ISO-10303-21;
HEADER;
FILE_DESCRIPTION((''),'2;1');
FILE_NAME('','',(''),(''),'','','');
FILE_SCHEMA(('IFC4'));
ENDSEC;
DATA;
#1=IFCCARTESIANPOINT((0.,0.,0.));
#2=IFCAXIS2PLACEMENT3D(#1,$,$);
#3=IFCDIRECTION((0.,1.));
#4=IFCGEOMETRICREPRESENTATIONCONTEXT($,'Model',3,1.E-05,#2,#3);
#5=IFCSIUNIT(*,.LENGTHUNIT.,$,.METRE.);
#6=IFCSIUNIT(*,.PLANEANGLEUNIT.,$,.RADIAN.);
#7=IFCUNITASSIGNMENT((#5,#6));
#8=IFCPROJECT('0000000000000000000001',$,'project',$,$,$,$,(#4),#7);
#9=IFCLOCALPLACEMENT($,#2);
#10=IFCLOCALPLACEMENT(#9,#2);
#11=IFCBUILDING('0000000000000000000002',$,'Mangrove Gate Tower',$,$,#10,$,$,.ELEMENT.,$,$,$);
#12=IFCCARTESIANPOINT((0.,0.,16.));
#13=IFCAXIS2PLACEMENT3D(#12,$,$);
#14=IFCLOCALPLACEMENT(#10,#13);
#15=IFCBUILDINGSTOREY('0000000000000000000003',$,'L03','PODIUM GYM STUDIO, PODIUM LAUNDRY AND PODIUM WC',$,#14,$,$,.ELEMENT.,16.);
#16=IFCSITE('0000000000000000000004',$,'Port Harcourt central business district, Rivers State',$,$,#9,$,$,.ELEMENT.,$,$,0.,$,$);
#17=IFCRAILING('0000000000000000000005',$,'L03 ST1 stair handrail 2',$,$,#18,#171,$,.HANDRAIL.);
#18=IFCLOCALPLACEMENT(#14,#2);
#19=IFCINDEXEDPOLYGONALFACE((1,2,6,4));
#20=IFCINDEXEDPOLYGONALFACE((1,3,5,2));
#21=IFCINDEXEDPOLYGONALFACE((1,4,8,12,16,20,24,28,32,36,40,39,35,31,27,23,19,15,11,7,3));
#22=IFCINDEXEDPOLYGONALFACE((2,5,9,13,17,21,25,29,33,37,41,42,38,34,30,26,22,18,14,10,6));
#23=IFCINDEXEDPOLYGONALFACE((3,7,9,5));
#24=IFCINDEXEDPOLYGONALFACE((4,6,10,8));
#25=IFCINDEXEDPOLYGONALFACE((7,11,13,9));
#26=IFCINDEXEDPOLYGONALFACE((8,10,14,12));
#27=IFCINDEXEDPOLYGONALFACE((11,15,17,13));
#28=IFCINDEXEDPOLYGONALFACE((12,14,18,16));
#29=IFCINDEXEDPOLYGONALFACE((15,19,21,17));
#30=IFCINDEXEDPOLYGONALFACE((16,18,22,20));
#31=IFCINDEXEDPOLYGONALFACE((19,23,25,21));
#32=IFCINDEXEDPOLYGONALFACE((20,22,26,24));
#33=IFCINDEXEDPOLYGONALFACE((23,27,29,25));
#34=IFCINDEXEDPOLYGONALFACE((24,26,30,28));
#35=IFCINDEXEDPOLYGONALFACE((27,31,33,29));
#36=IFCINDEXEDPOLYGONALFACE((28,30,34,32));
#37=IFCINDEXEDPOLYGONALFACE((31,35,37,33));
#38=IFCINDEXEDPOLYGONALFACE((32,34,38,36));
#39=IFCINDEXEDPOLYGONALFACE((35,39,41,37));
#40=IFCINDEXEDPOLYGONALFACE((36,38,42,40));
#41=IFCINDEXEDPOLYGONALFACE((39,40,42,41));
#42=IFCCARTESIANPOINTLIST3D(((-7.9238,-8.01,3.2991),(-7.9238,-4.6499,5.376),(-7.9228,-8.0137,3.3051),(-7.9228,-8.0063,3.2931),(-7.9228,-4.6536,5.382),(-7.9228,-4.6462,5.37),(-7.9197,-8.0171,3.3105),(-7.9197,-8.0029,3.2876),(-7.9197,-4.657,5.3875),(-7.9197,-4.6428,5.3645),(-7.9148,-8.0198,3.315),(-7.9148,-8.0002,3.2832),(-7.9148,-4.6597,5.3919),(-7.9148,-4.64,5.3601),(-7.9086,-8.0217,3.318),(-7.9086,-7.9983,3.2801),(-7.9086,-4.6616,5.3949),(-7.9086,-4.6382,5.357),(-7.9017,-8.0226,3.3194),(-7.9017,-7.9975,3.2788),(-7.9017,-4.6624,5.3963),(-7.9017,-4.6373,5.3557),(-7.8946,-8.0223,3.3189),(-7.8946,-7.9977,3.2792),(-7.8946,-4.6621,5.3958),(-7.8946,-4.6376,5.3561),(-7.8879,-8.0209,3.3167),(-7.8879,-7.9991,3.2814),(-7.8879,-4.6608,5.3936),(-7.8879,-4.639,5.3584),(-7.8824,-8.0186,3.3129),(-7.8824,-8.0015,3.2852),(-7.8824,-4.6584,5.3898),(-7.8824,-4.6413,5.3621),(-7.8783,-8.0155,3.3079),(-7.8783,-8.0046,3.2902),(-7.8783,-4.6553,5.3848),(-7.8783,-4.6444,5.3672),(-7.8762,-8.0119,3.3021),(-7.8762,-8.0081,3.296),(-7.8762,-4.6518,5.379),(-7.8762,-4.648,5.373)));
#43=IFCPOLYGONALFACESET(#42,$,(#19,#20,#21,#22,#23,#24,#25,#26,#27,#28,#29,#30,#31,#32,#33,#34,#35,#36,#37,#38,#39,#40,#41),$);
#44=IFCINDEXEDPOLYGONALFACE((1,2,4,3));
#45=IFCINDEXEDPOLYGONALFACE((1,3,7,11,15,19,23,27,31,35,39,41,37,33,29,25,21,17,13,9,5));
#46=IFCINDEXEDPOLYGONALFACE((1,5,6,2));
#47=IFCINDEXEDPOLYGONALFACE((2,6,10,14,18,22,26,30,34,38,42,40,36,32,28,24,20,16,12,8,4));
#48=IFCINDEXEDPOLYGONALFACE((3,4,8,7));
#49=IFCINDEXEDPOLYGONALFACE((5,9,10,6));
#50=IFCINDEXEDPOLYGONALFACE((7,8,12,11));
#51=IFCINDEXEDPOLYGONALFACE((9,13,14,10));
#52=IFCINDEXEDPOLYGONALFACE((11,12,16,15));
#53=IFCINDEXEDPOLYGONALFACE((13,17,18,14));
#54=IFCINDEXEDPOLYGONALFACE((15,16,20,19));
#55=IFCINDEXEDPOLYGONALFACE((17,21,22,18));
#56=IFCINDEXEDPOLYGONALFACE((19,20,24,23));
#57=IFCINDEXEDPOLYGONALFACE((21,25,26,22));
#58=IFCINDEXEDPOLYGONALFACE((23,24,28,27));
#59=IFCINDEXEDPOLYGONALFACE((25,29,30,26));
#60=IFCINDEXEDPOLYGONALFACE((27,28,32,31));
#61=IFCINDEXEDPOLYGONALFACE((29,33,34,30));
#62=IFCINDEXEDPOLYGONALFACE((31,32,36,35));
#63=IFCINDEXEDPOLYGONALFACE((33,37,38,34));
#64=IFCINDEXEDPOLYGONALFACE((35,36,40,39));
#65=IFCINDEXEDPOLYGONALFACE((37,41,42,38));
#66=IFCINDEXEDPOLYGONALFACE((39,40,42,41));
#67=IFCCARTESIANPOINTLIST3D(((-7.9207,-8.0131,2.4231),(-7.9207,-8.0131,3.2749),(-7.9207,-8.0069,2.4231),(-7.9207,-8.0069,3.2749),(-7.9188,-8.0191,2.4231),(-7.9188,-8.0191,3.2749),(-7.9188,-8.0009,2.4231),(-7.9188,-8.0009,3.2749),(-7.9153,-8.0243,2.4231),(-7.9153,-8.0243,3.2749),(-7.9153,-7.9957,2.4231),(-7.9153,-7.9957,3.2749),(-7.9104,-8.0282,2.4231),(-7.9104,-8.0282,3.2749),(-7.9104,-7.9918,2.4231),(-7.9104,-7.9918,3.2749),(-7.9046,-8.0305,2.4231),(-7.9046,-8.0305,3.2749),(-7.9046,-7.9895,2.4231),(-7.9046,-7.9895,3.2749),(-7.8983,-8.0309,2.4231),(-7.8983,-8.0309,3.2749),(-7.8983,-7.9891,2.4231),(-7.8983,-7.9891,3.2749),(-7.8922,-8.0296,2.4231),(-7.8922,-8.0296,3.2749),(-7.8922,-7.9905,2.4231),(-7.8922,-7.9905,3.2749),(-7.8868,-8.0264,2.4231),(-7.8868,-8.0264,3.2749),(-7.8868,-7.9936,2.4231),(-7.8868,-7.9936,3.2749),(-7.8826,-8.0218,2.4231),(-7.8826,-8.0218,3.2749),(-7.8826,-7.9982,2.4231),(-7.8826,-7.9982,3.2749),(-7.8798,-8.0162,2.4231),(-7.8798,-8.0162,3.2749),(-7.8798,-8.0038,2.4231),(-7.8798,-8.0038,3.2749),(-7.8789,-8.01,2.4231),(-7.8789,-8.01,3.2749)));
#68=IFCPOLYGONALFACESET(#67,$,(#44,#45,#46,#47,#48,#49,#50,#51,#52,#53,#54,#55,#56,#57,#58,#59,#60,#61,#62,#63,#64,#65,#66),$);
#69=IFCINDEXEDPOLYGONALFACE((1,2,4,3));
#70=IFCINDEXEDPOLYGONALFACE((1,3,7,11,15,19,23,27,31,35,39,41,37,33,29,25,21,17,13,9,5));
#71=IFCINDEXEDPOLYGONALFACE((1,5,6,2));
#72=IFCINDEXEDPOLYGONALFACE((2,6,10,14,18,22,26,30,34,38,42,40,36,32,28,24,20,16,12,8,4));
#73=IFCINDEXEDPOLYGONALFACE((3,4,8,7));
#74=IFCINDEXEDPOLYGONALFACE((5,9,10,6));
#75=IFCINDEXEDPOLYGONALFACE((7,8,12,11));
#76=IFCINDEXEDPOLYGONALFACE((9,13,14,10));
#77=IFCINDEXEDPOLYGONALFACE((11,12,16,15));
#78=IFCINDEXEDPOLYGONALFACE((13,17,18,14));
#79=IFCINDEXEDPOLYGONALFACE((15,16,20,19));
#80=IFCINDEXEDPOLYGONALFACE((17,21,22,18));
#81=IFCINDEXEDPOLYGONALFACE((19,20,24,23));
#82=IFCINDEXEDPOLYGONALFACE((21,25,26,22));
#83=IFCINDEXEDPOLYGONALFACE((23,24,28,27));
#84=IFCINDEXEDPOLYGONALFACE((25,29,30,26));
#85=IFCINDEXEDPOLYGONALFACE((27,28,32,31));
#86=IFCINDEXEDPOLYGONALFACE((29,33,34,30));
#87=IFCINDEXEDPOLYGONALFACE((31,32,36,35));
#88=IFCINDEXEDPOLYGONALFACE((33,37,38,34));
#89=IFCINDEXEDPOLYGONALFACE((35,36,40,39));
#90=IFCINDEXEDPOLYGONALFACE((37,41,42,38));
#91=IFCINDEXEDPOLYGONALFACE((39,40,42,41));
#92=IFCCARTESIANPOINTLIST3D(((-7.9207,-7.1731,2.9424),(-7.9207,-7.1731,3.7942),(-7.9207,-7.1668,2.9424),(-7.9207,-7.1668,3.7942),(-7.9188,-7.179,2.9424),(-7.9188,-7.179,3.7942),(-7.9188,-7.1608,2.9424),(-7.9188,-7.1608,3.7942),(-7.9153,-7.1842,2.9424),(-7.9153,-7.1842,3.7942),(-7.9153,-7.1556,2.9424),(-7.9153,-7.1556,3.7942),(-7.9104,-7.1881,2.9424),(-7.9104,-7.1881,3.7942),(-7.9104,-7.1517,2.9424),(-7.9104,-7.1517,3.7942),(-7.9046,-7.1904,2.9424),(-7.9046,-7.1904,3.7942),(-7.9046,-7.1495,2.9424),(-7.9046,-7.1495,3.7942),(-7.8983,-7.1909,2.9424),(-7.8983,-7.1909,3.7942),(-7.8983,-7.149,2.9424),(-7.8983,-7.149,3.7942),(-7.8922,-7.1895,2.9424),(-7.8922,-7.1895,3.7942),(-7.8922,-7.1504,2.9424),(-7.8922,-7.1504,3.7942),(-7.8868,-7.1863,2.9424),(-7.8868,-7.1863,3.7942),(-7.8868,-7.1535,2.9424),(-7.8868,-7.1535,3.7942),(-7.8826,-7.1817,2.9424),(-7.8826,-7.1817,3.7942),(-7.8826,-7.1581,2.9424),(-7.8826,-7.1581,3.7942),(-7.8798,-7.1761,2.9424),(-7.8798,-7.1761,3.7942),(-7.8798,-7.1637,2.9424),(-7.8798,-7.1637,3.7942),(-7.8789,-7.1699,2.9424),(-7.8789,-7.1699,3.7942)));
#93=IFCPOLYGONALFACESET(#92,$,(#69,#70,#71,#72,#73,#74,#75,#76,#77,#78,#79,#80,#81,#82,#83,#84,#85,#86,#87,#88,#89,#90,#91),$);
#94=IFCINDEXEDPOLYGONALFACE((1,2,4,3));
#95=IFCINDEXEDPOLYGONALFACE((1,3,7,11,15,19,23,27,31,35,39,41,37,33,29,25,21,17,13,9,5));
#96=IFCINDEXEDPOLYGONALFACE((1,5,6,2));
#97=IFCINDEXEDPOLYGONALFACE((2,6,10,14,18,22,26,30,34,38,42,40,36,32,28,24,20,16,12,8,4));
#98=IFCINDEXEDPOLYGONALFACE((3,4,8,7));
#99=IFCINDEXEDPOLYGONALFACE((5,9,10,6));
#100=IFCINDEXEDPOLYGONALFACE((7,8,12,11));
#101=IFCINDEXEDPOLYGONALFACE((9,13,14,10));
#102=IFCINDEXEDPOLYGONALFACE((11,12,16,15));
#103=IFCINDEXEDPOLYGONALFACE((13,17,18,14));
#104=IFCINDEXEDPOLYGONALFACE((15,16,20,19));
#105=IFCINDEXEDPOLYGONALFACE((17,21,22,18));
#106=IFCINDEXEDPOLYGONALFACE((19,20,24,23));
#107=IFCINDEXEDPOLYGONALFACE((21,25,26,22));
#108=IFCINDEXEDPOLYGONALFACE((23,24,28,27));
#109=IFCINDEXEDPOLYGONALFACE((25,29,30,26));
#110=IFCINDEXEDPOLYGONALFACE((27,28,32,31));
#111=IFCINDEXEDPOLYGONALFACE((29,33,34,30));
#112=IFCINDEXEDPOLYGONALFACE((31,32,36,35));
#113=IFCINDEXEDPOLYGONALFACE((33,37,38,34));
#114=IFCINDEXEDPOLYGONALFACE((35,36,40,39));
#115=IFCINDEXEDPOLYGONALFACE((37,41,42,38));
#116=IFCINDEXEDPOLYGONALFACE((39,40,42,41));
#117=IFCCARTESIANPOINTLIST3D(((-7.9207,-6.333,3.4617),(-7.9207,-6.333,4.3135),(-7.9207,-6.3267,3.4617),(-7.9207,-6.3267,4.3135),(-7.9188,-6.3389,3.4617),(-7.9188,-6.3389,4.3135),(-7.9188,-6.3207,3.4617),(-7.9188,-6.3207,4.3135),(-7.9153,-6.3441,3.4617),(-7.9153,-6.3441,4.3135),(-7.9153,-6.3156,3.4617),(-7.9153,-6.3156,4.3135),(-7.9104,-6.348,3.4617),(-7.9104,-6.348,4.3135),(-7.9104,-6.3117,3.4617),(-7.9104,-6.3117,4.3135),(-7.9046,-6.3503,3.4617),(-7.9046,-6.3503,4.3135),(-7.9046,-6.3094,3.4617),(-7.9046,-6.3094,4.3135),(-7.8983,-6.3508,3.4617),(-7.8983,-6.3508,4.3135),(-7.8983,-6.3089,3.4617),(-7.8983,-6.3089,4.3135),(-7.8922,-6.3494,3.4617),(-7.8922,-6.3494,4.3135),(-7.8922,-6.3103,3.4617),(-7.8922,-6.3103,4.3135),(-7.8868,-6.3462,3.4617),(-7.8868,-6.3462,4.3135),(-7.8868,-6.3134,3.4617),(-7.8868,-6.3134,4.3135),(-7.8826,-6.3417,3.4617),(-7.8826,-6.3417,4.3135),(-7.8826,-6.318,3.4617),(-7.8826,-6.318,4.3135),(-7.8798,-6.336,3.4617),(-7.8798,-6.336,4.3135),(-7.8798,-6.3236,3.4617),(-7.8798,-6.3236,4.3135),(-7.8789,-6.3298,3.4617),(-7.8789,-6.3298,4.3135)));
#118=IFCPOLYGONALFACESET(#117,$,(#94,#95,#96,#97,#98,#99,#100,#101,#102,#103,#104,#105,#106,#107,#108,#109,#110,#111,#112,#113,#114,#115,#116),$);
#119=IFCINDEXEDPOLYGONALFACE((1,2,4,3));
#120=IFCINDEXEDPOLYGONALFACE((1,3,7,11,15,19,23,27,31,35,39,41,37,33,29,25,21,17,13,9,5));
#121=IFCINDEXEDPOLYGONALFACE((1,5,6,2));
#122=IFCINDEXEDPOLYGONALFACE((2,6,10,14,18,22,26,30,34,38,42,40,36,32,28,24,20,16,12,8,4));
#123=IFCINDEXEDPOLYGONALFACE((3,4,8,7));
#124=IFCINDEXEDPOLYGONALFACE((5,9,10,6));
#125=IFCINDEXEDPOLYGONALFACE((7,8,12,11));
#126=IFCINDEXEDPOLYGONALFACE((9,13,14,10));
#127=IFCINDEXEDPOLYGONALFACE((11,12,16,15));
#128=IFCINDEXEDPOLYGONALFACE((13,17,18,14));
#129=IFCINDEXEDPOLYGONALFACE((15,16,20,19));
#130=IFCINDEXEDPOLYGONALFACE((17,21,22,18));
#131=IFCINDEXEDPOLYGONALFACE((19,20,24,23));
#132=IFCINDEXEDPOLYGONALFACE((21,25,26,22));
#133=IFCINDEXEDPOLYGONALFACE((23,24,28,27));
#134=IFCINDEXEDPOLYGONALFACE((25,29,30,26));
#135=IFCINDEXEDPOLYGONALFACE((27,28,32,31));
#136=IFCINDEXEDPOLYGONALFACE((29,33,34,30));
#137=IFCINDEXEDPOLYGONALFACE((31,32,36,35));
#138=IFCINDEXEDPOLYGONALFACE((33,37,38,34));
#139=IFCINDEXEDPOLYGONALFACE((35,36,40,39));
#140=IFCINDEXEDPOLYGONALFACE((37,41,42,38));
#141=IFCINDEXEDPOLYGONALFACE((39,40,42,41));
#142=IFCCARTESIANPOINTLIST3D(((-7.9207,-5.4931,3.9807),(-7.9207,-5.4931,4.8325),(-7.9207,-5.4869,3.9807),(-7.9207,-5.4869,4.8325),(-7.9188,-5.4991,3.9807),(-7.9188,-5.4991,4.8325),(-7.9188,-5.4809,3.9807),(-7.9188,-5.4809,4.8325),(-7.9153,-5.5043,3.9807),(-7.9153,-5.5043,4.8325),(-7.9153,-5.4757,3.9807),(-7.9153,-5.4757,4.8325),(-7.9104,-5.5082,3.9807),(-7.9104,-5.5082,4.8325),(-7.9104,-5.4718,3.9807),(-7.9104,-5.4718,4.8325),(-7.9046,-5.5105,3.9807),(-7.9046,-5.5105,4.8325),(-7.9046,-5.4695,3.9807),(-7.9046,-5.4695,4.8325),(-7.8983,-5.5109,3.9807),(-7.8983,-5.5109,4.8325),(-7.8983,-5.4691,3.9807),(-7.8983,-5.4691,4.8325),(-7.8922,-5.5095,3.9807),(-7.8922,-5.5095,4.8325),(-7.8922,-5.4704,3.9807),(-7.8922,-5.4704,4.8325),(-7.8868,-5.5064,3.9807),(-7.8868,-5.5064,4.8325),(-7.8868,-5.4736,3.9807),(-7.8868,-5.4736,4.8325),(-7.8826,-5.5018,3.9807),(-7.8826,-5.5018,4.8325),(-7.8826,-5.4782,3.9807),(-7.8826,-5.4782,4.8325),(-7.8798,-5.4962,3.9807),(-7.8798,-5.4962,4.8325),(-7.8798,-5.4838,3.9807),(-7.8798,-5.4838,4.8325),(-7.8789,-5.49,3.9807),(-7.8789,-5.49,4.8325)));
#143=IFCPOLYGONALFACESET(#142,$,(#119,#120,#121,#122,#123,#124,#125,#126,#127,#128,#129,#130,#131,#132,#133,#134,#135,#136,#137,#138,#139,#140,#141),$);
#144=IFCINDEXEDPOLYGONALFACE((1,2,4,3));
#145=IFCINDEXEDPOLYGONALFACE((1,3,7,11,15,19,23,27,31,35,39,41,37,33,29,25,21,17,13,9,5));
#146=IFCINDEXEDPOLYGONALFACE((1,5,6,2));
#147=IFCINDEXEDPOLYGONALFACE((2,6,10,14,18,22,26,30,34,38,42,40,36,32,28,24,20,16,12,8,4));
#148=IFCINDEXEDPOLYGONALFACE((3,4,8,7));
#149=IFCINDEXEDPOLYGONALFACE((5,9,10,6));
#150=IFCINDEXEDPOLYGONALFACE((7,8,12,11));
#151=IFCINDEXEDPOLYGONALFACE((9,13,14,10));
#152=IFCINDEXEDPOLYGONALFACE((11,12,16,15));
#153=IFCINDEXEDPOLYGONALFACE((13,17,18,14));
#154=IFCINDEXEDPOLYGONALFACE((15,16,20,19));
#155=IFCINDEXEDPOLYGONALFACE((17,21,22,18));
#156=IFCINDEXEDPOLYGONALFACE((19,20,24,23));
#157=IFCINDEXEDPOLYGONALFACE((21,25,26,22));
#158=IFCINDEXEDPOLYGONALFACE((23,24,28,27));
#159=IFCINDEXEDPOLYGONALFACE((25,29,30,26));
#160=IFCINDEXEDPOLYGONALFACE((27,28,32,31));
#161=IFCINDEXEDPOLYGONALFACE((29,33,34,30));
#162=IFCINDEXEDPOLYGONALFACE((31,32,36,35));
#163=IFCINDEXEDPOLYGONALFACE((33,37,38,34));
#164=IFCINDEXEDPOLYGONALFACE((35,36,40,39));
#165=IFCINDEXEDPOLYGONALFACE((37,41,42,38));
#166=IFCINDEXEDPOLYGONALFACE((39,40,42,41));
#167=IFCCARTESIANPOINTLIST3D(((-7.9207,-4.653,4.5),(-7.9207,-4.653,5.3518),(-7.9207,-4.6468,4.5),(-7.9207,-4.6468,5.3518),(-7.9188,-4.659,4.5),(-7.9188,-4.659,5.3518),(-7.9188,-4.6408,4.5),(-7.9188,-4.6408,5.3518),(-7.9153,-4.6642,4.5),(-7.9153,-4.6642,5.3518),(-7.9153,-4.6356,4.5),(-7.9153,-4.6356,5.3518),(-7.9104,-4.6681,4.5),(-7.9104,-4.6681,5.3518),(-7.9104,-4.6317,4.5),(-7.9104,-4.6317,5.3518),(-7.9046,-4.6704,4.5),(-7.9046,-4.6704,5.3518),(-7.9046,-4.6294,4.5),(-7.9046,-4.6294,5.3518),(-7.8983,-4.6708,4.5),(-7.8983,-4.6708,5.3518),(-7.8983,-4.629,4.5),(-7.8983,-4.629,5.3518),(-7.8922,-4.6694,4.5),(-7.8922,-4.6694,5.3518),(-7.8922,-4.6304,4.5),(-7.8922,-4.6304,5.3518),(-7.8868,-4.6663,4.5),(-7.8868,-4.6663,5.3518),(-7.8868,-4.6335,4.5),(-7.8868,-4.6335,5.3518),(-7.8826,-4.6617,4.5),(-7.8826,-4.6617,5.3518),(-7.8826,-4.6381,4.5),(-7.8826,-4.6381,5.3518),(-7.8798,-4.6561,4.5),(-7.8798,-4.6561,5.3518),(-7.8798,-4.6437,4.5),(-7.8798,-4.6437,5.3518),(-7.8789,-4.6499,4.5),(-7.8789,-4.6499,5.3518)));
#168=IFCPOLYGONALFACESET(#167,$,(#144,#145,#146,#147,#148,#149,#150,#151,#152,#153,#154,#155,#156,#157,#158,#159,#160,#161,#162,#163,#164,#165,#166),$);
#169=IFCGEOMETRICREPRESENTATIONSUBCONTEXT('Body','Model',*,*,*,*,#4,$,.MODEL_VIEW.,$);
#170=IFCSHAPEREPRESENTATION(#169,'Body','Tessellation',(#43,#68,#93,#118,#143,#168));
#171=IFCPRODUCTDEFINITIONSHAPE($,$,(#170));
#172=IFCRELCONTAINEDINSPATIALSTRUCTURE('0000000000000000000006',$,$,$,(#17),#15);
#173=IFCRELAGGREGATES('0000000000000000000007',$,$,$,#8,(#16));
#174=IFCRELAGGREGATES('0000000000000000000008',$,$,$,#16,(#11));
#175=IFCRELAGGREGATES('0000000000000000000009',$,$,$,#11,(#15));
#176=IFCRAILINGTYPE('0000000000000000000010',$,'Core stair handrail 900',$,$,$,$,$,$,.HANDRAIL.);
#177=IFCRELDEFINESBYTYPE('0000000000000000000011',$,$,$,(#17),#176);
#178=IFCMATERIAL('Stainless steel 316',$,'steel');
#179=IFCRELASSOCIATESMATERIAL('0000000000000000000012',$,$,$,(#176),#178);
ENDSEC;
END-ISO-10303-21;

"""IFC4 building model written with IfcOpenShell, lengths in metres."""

from ifc_helpers import new_model, si_unit, direction, frame, origin, origin_2d, place, context, subcontext, project, spatial, circle, extrude, material, type_object, element, save


model = new_model("IFC4")

# Units and contexts
model_context = context("Model", 3, precision=1e-05, world=origin(), true_north=direction((0.0, 1.0)))
body_context = subcontext(model_context, "Body", "Model", "MODEL_VIEW")
ifc_project = project(units=[si_unit("LENGTHUNIT", "METRE"), si_unit("PLANEANGLEUNIT", "RADIAN")], contexts=[model_context])

# Site, building, storey
site_placement = place(None, origin())
site = spatial("IfcSite", under=ifc_project, at=site_placement, Name="Port Harcourt central business district, Rivers State", CompositionType="ELEMENT", RefElevation=0.0)
building_placement = place(site_placement, origin())
building = spatial("IfcBuilding", under=site, at=building_placement, Name="Mangrove Gate Tower", CompositionType="ELEMENT")
storey_placement = place(building_placement, frame((0.0, 0.0, 16.0)))
storey = spatial("IfcBuildingStorey", under=building, at=storey_placement, Name="L03", Description="PODIUM GYM STUDIO, PODIUM LAUNDRY AND PODIUM WC", CompositionType="ELEMENT", Elevation=16.0)

# Railing
ifc_material_1 = material(Name="Stainless steel 316", Category="steel")
railing_type_1 = type_object("IfcRailingType", Name="Core stair handrail 900", PredefinedType="HANDRAIL", material=ifc_material_1)
railing_1_placement = place(storey_placement, frame((-7.8999, -8.01, 2.4231)))
element("IfcRailing", 1, at=railing_1_placement, inside=storey, type_object=railing_type_1, Name="L03 ST1 stair handrail 2", PredefinedType="HANDRAIL", context=body_context, shape_type="SweptSolid", body=[
    extrude(circle(Radius=0.0239, at=origin_2d()), frame((0.0, 0.0, 0.876), z_axis=(0.0, 0.850623, 0.525776), x_axis=(-1.0, 0.0, 0.0)), (0.0, 0.0, 1.0), 3.9502),
    extrude(circle(Radius=0.021, at=origin_2d()), origin(), (0.0, 0.0, 1.0), 0.8518),
    extrude(circle(Radius=0.021, at=origin_2d()), frame((0.0, 0.8401, 0.5193)), (0.0, 0.0, 1.0), 0.8518),
    extrude(circle(Radius=0.021, at=origin_2d()), frame((0.0, 1.6802, 1.0386)), (0.0, 0.0, 1.0), 0.8518),
    extrude(circle(Radius=0.021, at=origin_2d()), frame((0.0, 2.52, 1.5576)), (0.0, 0.0, 1.0), 0.8518),
    extrude(circle(Radius=0.021, at=origin_2d()), frame((0.0, 3.3601, 2.0769)), (0.0, 0.0, 1.0), 0.8518),
])

save(model, "model.ifc")
